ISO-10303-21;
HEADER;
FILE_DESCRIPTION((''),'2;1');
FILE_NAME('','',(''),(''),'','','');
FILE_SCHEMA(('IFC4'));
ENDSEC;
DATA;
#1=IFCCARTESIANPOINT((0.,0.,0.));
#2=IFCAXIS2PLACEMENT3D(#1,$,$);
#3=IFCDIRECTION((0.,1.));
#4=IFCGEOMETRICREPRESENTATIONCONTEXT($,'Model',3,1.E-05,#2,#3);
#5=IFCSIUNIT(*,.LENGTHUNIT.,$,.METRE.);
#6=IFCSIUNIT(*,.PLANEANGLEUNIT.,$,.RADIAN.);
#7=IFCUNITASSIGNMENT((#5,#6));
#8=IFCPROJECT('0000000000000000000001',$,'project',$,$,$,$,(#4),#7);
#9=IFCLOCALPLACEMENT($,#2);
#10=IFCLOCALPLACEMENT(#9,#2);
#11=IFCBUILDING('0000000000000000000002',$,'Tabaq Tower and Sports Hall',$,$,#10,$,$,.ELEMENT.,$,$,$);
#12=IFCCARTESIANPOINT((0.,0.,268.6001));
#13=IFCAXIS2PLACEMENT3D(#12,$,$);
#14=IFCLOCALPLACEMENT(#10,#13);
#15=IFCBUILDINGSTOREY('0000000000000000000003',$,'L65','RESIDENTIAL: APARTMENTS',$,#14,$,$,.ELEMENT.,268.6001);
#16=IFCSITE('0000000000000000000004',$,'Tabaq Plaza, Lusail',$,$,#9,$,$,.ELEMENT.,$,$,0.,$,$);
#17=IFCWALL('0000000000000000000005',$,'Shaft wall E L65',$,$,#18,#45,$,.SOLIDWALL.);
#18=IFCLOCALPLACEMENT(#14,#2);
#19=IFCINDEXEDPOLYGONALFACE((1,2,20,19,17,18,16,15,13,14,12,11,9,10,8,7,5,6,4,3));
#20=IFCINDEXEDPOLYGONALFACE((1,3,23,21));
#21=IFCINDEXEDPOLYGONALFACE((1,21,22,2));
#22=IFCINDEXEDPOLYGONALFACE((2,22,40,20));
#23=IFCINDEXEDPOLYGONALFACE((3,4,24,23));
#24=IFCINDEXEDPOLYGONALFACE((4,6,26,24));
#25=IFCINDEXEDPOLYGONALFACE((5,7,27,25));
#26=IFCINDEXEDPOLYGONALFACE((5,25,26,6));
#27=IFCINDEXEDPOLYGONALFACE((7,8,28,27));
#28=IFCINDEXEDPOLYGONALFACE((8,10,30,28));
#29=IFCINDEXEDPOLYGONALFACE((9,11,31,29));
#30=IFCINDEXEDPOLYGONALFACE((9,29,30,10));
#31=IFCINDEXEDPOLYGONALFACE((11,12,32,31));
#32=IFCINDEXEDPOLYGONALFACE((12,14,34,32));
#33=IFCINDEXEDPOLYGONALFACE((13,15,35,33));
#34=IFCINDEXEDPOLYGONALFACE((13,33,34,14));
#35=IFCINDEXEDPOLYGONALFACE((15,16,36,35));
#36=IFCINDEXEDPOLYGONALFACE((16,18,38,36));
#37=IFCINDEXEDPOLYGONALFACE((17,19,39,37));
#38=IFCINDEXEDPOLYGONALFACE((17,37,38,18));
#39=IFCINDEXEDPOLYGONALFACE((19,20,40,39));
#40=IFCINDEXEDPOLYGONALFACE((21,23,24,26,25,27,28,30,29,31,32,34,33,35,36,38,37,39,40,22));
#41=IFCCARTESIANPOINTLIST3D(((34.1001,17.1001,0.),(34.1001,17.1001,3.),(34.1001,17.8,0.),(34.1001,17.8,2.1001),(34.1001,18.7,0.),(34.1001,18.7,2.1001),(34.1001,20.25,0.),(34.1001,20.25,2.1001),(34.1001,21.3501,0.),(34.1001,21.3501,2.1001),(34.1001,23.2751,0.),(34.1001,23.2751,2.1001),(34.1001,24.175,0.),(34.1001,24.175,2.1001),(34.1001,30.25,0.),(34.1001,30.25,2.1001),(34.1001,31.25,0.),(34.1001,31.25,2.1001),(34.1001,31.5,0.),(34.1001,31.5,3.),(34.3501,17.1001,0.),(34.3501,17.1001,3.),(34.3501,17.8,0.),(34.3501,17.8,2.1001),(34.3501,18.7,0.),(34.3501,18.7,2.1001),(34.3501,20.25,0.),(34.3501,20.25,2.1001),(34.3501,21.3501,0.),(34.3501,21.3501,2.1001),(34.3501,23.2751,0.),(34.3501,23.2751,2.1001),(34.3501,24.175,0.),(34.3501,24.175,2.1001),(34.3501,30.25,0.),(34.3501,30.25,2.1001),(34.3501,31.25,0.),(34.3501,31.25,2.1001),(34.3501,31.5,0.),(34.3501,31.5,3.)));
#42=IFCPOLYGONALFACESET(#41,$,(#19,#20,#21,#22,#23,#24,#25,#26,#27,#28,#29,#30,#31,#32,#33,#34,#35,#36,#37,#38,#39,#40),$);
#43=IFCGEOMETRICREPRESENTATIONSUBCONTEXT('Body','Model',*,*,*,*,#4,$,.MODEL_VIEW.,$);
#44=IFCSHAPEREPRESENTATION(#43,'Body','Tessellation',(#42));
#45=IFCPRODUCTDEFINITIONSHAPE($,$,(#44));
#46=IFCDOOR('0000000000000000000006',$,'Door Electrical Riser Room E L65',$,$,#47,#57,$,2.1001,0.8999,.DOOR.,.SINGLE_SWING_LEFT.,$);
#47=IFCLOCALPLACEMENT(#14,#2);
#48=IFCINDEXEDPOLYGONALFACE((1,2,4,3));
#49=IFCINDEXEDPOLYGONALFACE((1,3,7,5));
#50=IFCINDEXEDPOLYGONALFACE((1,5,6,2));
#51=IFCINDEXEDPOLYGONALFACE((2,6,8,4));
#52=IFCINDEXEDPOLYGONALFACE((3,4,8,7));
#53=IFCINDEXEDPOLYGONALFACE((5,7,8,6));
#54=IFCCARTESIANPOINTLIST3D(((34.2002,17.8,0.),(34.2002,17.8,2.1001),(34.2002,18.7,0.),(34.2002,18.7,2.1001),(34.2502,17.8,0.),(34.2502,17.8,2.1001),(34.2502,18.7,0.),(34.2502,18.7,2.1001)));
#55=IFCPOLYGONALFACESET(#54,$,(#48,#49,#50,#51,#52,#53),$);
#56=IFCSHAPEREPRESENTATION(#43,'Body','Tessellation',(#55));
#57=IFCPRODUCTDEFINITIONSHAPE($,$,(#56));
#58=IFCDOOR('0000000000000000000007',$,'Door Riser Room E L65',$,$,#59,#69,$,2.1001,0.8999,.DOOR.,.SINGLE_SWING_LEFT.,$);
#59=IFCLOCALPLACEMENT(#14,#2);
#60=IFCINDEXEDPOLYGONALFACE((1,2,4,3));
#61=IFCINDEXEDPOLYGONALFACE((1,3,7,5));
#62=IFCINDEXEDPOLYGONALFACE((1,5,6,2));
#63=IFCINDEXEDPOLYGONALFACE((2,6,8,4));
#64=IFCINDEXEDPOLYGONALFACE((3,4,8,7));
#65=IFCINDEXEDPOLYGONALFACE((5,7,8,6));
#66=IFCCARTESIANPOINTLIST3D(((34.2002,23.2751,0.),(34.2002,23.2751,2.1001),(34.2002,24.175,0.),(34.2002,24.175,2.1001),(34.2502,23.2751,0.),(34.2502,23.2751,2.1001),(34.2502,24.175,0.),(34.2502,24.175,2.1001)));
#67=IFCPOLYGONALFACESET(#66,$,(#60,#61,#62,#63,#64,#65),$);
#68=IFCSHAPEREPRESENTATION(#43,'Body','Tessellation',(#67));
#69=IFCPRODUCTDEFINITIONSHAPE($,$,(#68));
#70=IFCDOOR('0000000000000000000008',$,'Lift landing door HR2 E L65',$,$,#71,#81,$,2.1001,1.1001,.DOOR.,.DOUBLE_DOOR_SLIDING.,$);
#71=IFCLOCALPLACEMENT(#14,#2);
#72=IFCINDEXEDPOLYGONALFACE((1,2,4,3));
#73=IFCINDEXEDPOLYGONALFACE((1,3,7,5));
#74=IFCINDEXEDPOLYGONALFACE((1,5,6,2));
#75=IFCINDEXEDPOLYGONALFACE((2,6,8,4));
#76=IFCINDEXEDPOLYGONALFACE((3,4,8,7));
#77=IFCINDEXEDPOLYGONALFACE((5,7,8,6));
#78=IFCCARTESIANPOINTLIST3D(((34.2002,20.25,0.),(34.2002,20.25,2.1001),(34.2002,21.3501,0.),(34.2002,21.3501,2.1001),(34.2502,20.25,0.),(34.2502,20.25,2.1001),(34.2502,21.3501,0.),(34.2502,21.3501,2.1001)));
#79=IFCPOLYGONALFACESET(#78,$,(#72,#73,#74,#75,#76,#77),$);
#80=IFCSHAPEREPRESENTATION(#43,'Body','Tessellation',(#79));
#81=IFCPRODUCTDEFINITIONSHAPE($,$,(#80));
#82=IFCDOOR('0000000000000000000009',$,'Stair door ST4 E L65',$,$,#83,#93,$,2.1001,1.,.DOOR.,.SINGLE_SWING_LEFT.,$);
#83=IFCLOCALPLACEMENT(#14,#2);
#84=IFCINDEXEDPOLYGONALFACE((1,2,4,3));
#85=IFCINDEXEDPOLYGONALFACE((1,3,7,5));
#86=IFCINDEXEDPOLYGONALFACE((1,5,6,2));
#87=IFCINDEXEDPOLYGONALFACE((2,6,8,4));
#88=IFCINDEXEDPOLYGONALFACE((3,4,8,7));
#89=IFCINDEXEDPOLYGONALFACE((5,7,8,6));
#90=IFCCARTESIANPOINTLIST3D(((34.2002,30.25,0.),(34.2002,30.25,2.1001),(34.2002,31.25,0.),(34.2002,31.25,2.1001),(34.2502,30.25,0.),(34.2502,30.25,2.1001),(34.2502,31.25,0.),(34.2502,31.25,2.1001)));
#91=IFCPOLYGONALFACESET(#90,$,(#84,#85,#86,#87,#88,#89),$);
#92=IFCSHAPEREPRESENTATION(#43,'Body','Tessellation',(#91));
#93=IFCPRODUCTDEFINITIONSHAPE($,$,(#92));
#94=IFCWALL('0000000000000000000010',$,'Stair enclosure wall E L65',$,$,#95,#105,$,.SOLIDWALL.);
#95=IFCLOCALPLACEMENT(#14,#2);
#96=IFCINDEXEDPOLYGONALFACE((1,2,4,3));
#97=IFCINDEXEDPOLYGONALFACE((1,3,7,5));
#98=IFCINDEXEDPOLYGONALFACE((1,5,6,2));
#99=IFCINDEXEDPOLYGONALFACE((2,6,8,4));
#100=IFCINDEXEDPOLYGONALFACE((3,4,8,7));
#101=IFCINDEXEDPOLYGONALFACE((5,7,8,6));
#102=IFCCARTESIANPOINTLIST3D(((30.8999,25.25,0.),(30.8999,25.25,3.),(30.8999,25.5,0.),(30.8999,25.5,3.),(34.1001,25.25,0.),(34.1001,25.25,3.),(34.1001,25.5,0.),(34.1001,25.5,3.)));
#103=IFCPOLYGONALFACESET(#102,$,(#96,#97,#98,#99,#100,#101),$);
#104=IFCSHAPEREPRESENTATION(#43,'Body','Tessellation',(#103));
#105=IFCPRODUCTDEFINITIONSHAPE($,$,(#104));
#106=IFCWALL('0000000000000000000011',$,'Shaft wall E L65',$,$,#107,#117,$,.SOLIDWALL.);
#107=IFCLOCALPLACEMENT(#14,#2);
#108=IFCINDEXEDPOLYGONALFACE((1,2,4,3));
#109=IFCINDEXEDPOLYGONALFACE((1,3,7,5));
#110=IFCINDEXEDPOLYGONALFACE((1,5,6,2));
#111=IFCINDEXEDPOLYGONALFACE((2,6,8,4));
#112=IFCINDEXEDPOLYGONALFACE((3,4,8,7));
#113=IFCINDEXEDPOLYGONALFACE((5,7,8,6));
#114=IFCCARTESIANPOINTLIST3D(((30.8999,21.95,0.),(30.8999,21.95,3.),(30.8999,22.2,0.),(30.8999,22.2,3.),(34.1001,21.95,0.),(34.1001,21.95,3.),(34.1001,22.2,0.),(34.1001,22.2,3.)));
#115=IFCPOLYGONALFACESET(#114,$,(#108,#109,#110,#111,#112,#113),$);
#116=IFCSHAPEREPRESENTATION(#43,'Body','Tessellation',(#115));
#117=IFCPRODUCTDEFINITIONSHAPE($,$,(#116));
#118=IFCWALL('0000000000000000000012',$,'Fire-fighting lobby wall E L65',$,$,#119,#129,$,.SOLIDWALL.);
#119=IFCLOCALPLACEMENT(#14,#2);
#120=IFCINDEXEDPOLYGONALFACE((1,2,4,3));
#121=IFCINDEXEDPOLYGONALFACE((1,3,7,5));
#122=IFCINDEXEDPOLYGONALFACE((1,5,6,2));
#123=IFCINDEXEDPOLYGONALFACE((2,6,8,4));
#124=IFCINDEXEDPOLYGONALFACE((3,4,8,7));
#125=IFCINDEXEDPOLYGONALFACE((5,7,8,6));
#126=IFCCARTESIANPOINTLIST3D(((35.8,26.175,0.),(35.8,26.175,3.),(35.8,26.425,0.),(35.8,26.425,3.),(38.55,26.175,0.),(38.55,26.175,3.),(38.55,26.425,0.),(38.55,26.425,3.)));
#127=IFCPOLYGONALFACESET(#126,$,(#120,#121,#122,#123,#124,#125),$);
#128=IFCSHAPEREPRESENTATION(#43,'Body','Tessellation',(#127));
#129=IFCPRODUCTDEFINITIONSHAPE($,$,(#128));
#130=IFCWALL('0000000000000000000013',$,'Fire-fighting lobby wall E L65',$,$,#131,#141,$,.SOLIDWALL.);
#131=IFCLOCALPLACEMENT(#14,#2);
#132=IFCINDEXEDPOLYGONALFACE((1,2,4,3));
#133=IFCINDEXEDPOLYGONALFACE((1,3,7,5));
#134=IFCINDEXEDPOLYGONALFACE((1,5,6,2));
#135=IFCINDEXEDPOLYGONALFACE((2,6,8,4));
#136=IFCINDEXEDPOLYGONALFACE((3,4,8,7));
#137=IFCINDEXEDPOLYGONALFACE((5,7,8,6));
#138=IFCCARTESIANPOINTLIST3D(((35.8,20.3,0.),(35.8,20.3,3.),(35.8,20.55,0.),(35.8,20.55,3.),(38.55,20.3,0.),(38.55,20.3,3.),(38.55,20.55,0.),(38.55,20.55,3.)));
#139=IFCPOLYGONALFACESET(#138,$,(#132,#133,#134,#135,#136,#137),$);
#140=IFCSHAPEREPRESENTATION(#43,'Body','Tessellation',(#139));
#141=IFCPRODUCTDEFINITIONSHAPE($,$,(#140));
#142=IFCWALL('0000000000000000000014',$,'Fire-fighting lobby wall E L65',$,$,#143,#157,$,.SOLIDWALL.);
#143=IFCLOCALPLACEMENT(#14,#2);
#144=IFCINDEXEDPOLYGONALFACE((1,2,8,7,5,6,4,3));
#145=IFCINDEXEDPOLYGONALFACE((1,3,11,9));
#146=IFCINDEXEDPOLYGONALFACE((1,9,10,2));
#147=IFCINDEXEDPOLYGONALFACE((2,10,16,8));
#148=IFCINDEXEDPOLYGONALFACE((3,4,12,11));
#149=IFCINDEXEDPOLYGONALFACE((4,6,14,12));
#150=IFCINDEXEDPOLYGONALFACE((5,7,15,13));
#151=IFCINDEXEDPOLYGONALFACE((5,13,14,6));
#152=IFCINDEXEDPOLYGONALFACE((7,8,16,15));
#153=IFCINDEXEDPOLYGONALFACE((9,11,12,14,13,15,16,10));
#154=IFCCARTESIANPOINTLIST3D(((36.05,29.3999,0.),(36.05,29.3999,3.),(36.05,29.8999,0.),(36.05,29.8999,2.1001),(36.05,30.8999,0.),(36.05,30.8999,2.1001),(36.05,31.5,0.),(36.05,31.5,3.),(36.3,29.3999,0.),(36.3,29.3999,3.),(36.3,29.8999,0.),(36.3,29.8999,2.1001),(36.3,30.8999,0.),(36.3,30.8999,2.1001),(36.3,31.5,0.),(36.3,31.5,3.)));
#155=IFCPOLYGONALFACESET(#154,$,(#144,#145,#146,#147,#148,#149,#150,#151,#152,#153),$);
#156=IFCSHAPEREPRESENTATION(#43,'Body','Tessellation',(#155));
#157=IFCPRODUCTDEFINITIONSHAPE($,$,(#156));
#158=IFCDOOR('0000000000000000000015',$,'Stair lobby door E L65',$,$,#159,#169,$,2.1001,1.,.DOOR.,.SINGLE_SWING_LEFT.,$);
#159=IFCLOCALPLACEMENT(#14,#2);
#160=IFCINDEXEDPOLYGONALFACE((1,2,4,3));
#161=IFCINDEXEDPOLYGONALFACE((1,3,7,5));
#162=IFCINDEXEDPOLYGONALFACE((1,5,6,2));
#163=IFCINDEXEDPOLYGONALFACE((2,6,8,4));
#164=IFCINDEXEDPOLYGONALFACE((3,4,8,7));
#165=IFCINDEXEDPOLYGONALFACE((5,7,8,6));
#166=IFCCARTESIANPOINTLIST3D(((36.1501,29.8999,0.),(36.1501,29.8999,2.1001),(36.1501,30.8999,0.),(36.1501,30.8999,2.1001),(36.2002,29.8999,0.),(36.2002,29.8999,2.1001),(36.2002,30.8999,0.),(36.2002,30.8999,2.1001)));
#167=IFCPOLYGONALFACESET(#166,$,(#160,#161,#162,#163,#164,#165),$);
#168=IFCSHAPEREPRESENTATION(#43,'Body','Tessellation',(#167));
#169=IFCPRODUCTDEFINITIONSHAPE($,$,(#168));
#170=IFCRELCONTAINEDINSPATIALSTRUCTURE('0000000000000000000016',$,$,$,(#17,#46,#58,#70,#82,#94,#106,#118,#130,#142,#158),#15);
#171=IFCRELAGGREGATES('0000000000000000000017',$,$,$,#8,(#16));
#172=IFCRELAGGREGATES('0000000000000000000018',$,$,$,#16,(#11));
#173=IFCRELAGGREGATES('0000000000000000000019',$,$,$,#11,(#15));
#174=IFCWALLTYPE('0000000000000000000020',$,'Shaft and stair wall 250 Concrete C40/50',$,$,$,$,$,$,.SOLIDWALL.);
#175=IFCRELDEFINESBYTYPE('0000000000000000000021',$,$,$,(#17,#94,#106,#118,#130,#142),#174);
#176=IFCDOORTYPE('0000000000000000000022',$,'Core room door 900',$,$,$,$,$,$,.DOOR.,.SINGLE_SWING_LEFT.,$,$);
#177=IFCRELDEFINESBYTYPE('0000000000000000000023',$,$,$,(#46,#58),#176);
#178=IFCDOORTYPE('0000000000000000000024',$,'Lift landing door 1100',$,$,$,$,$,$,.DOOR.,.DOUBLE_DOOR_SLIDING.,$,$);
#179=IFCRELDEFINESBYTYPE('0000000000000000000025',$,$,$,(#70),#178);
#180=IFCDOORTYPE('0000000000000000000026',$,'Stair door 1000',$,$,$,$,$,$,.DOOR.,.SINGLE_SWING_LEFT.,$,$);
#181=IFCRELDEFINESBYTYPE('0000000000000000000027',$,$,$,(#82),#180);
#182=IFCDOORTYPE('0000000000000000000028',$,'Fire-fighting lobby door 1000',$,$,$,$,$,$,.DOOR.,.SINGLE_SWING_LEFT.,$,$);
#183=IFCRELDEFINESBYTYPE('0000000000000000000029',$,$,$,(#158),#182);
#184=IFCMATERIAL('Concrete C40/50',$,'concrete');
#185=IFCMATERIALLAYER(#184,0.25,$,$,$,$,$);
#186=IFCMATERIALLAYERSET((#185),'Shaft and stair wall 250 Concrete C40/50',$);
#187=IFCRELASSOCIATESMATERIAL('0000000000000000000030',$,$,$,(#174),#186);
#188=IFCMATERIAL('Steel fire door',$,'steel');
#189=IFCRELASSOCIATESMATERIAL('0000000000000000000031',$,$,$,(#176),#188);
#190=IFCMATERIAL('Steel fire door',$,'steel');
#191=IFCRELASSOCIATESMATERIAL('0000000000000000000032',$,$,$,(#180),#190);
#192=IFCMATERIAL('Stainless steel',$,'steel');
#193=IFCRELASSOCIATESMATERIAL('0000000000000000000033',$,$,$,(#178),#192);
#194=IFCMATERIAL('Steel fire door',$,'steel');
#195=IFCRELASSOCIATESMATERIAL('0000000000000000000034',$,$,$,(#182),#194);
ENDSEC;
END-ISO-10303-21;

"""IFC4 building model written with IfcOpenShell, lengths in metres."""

from ifc_helpers import new_model, si_unit, direction, frame, frame_2d, origin, place, context, subcontext, project, spatial, rectangle, extrude, material, layer, layer_set, type_object, element, fill, save


model = new_model("IFC4")

# Units and contexts
model_context = context("Model", 3, precision=1e-05, world=origin(), true_north=direction((0.0, 1.0)))
body_context = subcontext(model_context, "Body", "Model", "MODEL_VIEW")
ifc_project = project(units=[si_unit("LENGTHUNIT", "METRE"), si_unit("PLANEANGLEUNIT", "RADIAN")], contexts=[model_context])

# Site, building, storey
site_placement = place(None, origin())
site = spatial("IfcSite", under=ifc_project, at=site_placement, Name="Tabaq Plaza, Lusail", CompositionType="ELEMENT", RefElevation=0.0)
building_placement = place(site_placement, origin())
building = spatial("IfcBuilding", under=site, at=building_placement, Name="Tabaq Tower and Sports Hall", CompositionType="ELEMENT")
storey_placement = place(building_placement, frame((0.0, 0.0, 268.6001)))
storey = spatial("IfcBuildingStorey", under=building, at=storey_placement, Name="L65", Description="RESIDENTIAL: APARTMENTS", CompositionType="ELEMENT", Elevation=268.6001)

# Wall, openings, doors
ifc_material_1 = material(Name="Concrete C40/50", Category="concrete")
ifc_layer_1 = layer(ifc_material_1, 0.25)
ifc_layer_set_1 = layer_set([ifc_layer_1], Name="Shaft and stair wall 250 Concrete C40/50")
wall_type_1 = type_object("IfcWallType", Name="Shaft and stair wall 250 Concrete C40/50", PredefinedType="SOLIDWALL", material=ifc_layer_set_1)
ifc_material_2 = material(Name="Steel fire door", Category="steel")
door_type_1 = type_object("IfcDoorType", Name="Core room door 900", OperationType="SINGLE_SWING_LEFT", PredefinedType="DOOR", material=ifc_material_2)
ifc_material_3 = material(Name="Steel fire door", Category="steel")
door_type_2 = type_object("IfcDoorType", Name="Stair door 1000", OperationType="SINGLE_SWING_LEFT", PredefinedType="DOOR", material=ifc_material_3)
wall_1_placement = place(storey_placement, frame((34.2251, 17.1001, 0.0), z_axis=(0.0, 0.0, 1.0), x_axis=(0.0, 1.0, 0.0)))
wall_1 = element("IfcWall", 1, at=wall_1_placement, inside=storey, type_object=wall_type_1, Name="Shaft wall E L65", PredefinedType="SOLIDWALL", context=body_context, shape_type="SweptSolid", body=[
    extrude(rectangle(XDim=14.3999, YDim=0.25, at=frame_2d((7.2, 0.0))), origin(), (0.0, 0.0, 1.0), 3.0),
])
opening_1_placement = place(wall_1_placement, frame((13.1499, 0.0, 0.0)))
opening_1 = element("IfcOpeningElement", 2, at=opening_1_placement, cuts=wall_1, PredefinedType="OPENING", context=body_context, shape_type="SweptSolid", body=[
    extrude(rectangle(XDim=1.0, YDim=2.1001, at=frame_2d((0.5, 1.05))), frame((0.0, 0.125, 0.0), z_axis=(0.0, -1.0, 0.0), x_axis=(1.0, 0.0, 0.0)), (0.0, 0.0, 1.0), 0.25),
])
opening_2_placement = place(wall_1_placement, frame((3.1499, 0.0, 0.0)))
opening_2 = element("IfcOpeningElement", 3, at=opening_2_placement, cuts=wall_1, PredefinedType="OPENING", context=body_context, shape_type="SweptSolid", body=[
    extrude(rectangle(XDim=1.1001, YDim=2.1001, at=frame_2d((0.55, 1.05))), frame((0.0, 0.125, 0.0), z_axis=(0.0, -1.0, 0.0), x_axis=(1.0, 0.0, 0.0)), (0.0, 0.0, 1.0), 0.25),
])
opening_3_placement = place(wall_1_placement, frame((0.7, 0.0, 0.0)))
opening_3 = element("IfcOpeningElement", 4, at=opening_3_placement, cuts=wall_1, PredefinedType="OPENING", context=body_context, shape_type="SweptSolid", body=[
    extrude(rectangle(XDim=0.8999, YDim=2.1001, at=frame_2d((0.45, 1.05))), frame((0.0, 0.125, 0.0), z_axis=(0.0, -1.0, 0.0), x_axis=(1.0, 0.0, 0.0)), (0.0, 0.0, 1.0), 0.25),
])
opening_4_placement = place(wall_1_placement, frame((6.175, 0.0, 0.0)))
opening_4 = element("IfcOpeningElement", 5, at=opening_4_placement, cuts=wall_1, PredefinedType="OPENING", context=body_context, shape_type="SweptSolid", body=[
    extrude(rectangle(XDim=0.8999, YDim=2.1001, at=frame_2d((0.45, 1.05))), frame((0.0, 0.125, 0.0), z_axis=(0.0, -1.0, 0.0), x_axis=(1.0, 0.0, 0.0)), (0.0, 0.0, 1.0), 0.25),
])
door_1_placement = place(opening_3_placement, origin())
door_1 = element("IfcDoor", 6, at=door_1_placement, inside=storey, type_object=door_type_1, Name="Door Electrical Riser Room E L65", OperationType="SINGLE_SWING_LEFT", OverallHeight=2.1001, OverallWidth=0.8999, PredefinedType="DOOR", context=body_context, shape_type="SweptSolid", body=[
    extrude(rectangle(XDim=0.8999, YDim=2.1001, at=frame_2d((0.45, 1.05))), frame((0.0, 0.0249, 0.0), z_axis=(0.0, -1.0, 0.0), x_axis=(1.0, 0.0, 0.0)), (0.0, 0.0, 1.0), 0.05),
])
fill(opening_3, door_1)
door_2_placement = place(opening_4_placement, origin())
door_2 = element("IfcDoor", 7, at=door_2_placement, inside=storey, type_object=door_type_1, Name="Door Riser Room E L65", OperationType="SINGLE_SWING_LEFT", OverallHeight=2.1001, OverallWidth=0.8999, PredefinedType="DOOR", context=body_context, shape_type="SweptSolid", body=[
    extrude(rectangle(XDim=0.8999, YDim=2.1001, at=frame_2d((0.45, 1.05))), frame((0.0, 0.0249, 0.0), z_axis=(0.0, -1.0, 0.0), x_axis=(1.0, 0.0, 0.0)), (0.0, 0.0, 1.0), 0.05),
])
fill(opening_4, door_2)
ifc_material_4 = material(Name="Stainless steel", Category="steel")
door_type_3 = type_object("IfcDoorType", Name="Lift landing door 1100", OperationType="DOUBLE_DOOR_SLIDING", PredefinedType="DOOR", material=ifc_material_4)
door_3_placement = place(opening_2_placement, origin())
door_3 = element("IfcDoor", 8, at=door_3_placement, inside=storey, type_object=door_type_3, Name="Lift landing door HR2 E L65", OperationType="DOUBLE_DOOR_SLIDING", OverallHeight=2.1001, OverallWidth=1.1001, PredefinedType="DOOR", context=body_context, shape_type="SweptSolid", body=[
    extrude(rectangle(XDim=1.1001, YDim=2.1001, at=frame_2d((0.55, 1.05))), frame((0.0, 0.0249, 0.0), z_axis=(0.0, -1.0, 0.0), x_axis=(1.0, 0.0, 0.0)), (0.0, 0.0, 1.0), 0.05),
])
fill(opening_2, door_3)
door_4_placement = place(opening_1_placement, origin())
door_4 = element("IfcDoor", 9, at=door_4_placement, inside=storey, type_object=door_type_2, Name="Stair door ST4 E L65", OperationType="SINGLE_SWING_LEFT", OverallHeight=2.1001, OverallWidth=1.0, PredefinedType="DOOR", context=body_context, shape_type="SweptSolid", body=[
    extrude(rectangle(XDim=1.0, YDim=2.1001, at=frame_2d((0.5, 1.05))), frame((0.0, 0.0249, 0.0), z_axis=(0.0, -1.0, 0.0), x_axis=(1.0, 0.0, 0.0)), (0.0, 0.0, 1.0), 0.05),
])
fill(opening_1, door_4)

# Walls
for number, where, z_axis, x_axis, name in (
    (10, (30.8999, 25.375, 0.0), (0.0, 0.0, 1.0), (1.0, 0.0, 0.0), "Stair enclosure wall E L65"),
    (11, (30.8999, 22.075, 0.0), (0.0, 0.0, 1.0), (1.0, 0.0, 0.0), "Shaft wall E L65"),
):
    element("IfcWall", number, at=place(storey_placement, frame(where, z_axis=z_axis, x_axis=x_axis)), inside=storey, type_object=wall_type_1, Name=name, PredefinedType="SOLIDWALL", context=body_context, shape_type="SweptSolid", body=[
        extrude(rectangle(XDim=3.2002, YDim=0.25, at=frame_2d((1.6001, 0.0))), origin(), (0.0, 0.0, 1.0), 3.0),
    ])
for number, where, z_axis, x_axis, name in (
    (12, (35.8, 26.3, 0.0), (0.0, 0.0, 1.0), (1.0, 0.0, 0.0), "Fire-fighting lobby wall E L65"),
    (13, (35.8, 20.425, 0.0), (0.0, 0.0, 1.0), (1.0, 0.0, 0.0), "Fire-fighting lobby wall E L65"),
):
    element("IfcWall", number, at=place(storey_placement, frame(where, z_axis=z_axis, x_axis=x_axis)), inside=storey, type_object=wall_type_1, Name=name, PredefinedType="SOLIDWALL", context=body_context, shape_type="SweptSolid", body=[
        extrude(rectangle(XDim=2.75, YDim=0.25, at=frame_2d((1.375, 0.0))), origin(), (0.0, 0.0, 1.0), 3.0),
    ])

# Wall, opening, door
wall_2_placement = place(storey_placement, frame((36.175, 29.3999, 0.0), z_axis=(0.0, 0.0, 1.0), x_axis=(0.0, 1.0, 0.0)))
wall_2 = element("IfcWall", 14, at=wall_2_placement, inside=storey, type_object=wall_type_1, Name="Fire-fighting lobby wall E L65", PredefinedType="SOLIDWALL", context=body_context, shape_type="SweptSolid", body=[
    extrude(rectangle(XDim=2.1001, YDim=0.25, at=frame_2d((1.05, 0.0))), origin(), (0.0, 0.0, 1.0), 3.0),
])
opening_5_placement = place(wall_2_placement, frame((0.5, 0.0, 0.0)))
opening_5 = element("IfcOpeningElement", 15, at=opening_5_placement, cuts=wall_2, PredefinedType="OPENING", context=body_context, shape_type="SweptSolid", body=[
    extrude(rectangle(XDim=1.0, YDim=2.1001, at=frame_2d((0.5, 1.05))), frame((0.0, 0.125, 0.0), z_axis=(0.0, -1.0, 0.0), x_axis=(1.0, 0.0, 0.0)), (0.0, 0.0, 1.0), 0.25),
])
ifc_material_5 = material(Name="Steel fire door", Category="steel")
door_type_4 = type_object("IfcDoorType", Name="Fire-fighting lobby door 1000", OperationType="SINGLE_SWING_LEFT", PredefinedType="DOOR", material=ifc_material_5)
door_5_placement = place(opening_5_placement, origin())
door_5 = element("IfcDoor", 16, at=door_5_placement, inside=storey, type_object=door_type_4, Name="Stair lobby door E L65", OperationType="SINGLE_SWING_LEFT", OverallHeight=2.1001, OverallWidth=1.0, PredefinedType="DOOR", context=body_context, shape_type="SweptSolid", body=[
    extrude(rectangle(XDim=1.0, YDim=2.1001, at=frame_2d((0.5, 1.05))), frame((0.0, 0.0249, 0.0), z_axis=(0.0, -1.0, 0.0), x_axis=(1.0, 0.0, 0.0)), (0.0, 0.0, 1.0), 0.05),
])
fill(opening_5, door_5)

save(model, "model.ifc")
